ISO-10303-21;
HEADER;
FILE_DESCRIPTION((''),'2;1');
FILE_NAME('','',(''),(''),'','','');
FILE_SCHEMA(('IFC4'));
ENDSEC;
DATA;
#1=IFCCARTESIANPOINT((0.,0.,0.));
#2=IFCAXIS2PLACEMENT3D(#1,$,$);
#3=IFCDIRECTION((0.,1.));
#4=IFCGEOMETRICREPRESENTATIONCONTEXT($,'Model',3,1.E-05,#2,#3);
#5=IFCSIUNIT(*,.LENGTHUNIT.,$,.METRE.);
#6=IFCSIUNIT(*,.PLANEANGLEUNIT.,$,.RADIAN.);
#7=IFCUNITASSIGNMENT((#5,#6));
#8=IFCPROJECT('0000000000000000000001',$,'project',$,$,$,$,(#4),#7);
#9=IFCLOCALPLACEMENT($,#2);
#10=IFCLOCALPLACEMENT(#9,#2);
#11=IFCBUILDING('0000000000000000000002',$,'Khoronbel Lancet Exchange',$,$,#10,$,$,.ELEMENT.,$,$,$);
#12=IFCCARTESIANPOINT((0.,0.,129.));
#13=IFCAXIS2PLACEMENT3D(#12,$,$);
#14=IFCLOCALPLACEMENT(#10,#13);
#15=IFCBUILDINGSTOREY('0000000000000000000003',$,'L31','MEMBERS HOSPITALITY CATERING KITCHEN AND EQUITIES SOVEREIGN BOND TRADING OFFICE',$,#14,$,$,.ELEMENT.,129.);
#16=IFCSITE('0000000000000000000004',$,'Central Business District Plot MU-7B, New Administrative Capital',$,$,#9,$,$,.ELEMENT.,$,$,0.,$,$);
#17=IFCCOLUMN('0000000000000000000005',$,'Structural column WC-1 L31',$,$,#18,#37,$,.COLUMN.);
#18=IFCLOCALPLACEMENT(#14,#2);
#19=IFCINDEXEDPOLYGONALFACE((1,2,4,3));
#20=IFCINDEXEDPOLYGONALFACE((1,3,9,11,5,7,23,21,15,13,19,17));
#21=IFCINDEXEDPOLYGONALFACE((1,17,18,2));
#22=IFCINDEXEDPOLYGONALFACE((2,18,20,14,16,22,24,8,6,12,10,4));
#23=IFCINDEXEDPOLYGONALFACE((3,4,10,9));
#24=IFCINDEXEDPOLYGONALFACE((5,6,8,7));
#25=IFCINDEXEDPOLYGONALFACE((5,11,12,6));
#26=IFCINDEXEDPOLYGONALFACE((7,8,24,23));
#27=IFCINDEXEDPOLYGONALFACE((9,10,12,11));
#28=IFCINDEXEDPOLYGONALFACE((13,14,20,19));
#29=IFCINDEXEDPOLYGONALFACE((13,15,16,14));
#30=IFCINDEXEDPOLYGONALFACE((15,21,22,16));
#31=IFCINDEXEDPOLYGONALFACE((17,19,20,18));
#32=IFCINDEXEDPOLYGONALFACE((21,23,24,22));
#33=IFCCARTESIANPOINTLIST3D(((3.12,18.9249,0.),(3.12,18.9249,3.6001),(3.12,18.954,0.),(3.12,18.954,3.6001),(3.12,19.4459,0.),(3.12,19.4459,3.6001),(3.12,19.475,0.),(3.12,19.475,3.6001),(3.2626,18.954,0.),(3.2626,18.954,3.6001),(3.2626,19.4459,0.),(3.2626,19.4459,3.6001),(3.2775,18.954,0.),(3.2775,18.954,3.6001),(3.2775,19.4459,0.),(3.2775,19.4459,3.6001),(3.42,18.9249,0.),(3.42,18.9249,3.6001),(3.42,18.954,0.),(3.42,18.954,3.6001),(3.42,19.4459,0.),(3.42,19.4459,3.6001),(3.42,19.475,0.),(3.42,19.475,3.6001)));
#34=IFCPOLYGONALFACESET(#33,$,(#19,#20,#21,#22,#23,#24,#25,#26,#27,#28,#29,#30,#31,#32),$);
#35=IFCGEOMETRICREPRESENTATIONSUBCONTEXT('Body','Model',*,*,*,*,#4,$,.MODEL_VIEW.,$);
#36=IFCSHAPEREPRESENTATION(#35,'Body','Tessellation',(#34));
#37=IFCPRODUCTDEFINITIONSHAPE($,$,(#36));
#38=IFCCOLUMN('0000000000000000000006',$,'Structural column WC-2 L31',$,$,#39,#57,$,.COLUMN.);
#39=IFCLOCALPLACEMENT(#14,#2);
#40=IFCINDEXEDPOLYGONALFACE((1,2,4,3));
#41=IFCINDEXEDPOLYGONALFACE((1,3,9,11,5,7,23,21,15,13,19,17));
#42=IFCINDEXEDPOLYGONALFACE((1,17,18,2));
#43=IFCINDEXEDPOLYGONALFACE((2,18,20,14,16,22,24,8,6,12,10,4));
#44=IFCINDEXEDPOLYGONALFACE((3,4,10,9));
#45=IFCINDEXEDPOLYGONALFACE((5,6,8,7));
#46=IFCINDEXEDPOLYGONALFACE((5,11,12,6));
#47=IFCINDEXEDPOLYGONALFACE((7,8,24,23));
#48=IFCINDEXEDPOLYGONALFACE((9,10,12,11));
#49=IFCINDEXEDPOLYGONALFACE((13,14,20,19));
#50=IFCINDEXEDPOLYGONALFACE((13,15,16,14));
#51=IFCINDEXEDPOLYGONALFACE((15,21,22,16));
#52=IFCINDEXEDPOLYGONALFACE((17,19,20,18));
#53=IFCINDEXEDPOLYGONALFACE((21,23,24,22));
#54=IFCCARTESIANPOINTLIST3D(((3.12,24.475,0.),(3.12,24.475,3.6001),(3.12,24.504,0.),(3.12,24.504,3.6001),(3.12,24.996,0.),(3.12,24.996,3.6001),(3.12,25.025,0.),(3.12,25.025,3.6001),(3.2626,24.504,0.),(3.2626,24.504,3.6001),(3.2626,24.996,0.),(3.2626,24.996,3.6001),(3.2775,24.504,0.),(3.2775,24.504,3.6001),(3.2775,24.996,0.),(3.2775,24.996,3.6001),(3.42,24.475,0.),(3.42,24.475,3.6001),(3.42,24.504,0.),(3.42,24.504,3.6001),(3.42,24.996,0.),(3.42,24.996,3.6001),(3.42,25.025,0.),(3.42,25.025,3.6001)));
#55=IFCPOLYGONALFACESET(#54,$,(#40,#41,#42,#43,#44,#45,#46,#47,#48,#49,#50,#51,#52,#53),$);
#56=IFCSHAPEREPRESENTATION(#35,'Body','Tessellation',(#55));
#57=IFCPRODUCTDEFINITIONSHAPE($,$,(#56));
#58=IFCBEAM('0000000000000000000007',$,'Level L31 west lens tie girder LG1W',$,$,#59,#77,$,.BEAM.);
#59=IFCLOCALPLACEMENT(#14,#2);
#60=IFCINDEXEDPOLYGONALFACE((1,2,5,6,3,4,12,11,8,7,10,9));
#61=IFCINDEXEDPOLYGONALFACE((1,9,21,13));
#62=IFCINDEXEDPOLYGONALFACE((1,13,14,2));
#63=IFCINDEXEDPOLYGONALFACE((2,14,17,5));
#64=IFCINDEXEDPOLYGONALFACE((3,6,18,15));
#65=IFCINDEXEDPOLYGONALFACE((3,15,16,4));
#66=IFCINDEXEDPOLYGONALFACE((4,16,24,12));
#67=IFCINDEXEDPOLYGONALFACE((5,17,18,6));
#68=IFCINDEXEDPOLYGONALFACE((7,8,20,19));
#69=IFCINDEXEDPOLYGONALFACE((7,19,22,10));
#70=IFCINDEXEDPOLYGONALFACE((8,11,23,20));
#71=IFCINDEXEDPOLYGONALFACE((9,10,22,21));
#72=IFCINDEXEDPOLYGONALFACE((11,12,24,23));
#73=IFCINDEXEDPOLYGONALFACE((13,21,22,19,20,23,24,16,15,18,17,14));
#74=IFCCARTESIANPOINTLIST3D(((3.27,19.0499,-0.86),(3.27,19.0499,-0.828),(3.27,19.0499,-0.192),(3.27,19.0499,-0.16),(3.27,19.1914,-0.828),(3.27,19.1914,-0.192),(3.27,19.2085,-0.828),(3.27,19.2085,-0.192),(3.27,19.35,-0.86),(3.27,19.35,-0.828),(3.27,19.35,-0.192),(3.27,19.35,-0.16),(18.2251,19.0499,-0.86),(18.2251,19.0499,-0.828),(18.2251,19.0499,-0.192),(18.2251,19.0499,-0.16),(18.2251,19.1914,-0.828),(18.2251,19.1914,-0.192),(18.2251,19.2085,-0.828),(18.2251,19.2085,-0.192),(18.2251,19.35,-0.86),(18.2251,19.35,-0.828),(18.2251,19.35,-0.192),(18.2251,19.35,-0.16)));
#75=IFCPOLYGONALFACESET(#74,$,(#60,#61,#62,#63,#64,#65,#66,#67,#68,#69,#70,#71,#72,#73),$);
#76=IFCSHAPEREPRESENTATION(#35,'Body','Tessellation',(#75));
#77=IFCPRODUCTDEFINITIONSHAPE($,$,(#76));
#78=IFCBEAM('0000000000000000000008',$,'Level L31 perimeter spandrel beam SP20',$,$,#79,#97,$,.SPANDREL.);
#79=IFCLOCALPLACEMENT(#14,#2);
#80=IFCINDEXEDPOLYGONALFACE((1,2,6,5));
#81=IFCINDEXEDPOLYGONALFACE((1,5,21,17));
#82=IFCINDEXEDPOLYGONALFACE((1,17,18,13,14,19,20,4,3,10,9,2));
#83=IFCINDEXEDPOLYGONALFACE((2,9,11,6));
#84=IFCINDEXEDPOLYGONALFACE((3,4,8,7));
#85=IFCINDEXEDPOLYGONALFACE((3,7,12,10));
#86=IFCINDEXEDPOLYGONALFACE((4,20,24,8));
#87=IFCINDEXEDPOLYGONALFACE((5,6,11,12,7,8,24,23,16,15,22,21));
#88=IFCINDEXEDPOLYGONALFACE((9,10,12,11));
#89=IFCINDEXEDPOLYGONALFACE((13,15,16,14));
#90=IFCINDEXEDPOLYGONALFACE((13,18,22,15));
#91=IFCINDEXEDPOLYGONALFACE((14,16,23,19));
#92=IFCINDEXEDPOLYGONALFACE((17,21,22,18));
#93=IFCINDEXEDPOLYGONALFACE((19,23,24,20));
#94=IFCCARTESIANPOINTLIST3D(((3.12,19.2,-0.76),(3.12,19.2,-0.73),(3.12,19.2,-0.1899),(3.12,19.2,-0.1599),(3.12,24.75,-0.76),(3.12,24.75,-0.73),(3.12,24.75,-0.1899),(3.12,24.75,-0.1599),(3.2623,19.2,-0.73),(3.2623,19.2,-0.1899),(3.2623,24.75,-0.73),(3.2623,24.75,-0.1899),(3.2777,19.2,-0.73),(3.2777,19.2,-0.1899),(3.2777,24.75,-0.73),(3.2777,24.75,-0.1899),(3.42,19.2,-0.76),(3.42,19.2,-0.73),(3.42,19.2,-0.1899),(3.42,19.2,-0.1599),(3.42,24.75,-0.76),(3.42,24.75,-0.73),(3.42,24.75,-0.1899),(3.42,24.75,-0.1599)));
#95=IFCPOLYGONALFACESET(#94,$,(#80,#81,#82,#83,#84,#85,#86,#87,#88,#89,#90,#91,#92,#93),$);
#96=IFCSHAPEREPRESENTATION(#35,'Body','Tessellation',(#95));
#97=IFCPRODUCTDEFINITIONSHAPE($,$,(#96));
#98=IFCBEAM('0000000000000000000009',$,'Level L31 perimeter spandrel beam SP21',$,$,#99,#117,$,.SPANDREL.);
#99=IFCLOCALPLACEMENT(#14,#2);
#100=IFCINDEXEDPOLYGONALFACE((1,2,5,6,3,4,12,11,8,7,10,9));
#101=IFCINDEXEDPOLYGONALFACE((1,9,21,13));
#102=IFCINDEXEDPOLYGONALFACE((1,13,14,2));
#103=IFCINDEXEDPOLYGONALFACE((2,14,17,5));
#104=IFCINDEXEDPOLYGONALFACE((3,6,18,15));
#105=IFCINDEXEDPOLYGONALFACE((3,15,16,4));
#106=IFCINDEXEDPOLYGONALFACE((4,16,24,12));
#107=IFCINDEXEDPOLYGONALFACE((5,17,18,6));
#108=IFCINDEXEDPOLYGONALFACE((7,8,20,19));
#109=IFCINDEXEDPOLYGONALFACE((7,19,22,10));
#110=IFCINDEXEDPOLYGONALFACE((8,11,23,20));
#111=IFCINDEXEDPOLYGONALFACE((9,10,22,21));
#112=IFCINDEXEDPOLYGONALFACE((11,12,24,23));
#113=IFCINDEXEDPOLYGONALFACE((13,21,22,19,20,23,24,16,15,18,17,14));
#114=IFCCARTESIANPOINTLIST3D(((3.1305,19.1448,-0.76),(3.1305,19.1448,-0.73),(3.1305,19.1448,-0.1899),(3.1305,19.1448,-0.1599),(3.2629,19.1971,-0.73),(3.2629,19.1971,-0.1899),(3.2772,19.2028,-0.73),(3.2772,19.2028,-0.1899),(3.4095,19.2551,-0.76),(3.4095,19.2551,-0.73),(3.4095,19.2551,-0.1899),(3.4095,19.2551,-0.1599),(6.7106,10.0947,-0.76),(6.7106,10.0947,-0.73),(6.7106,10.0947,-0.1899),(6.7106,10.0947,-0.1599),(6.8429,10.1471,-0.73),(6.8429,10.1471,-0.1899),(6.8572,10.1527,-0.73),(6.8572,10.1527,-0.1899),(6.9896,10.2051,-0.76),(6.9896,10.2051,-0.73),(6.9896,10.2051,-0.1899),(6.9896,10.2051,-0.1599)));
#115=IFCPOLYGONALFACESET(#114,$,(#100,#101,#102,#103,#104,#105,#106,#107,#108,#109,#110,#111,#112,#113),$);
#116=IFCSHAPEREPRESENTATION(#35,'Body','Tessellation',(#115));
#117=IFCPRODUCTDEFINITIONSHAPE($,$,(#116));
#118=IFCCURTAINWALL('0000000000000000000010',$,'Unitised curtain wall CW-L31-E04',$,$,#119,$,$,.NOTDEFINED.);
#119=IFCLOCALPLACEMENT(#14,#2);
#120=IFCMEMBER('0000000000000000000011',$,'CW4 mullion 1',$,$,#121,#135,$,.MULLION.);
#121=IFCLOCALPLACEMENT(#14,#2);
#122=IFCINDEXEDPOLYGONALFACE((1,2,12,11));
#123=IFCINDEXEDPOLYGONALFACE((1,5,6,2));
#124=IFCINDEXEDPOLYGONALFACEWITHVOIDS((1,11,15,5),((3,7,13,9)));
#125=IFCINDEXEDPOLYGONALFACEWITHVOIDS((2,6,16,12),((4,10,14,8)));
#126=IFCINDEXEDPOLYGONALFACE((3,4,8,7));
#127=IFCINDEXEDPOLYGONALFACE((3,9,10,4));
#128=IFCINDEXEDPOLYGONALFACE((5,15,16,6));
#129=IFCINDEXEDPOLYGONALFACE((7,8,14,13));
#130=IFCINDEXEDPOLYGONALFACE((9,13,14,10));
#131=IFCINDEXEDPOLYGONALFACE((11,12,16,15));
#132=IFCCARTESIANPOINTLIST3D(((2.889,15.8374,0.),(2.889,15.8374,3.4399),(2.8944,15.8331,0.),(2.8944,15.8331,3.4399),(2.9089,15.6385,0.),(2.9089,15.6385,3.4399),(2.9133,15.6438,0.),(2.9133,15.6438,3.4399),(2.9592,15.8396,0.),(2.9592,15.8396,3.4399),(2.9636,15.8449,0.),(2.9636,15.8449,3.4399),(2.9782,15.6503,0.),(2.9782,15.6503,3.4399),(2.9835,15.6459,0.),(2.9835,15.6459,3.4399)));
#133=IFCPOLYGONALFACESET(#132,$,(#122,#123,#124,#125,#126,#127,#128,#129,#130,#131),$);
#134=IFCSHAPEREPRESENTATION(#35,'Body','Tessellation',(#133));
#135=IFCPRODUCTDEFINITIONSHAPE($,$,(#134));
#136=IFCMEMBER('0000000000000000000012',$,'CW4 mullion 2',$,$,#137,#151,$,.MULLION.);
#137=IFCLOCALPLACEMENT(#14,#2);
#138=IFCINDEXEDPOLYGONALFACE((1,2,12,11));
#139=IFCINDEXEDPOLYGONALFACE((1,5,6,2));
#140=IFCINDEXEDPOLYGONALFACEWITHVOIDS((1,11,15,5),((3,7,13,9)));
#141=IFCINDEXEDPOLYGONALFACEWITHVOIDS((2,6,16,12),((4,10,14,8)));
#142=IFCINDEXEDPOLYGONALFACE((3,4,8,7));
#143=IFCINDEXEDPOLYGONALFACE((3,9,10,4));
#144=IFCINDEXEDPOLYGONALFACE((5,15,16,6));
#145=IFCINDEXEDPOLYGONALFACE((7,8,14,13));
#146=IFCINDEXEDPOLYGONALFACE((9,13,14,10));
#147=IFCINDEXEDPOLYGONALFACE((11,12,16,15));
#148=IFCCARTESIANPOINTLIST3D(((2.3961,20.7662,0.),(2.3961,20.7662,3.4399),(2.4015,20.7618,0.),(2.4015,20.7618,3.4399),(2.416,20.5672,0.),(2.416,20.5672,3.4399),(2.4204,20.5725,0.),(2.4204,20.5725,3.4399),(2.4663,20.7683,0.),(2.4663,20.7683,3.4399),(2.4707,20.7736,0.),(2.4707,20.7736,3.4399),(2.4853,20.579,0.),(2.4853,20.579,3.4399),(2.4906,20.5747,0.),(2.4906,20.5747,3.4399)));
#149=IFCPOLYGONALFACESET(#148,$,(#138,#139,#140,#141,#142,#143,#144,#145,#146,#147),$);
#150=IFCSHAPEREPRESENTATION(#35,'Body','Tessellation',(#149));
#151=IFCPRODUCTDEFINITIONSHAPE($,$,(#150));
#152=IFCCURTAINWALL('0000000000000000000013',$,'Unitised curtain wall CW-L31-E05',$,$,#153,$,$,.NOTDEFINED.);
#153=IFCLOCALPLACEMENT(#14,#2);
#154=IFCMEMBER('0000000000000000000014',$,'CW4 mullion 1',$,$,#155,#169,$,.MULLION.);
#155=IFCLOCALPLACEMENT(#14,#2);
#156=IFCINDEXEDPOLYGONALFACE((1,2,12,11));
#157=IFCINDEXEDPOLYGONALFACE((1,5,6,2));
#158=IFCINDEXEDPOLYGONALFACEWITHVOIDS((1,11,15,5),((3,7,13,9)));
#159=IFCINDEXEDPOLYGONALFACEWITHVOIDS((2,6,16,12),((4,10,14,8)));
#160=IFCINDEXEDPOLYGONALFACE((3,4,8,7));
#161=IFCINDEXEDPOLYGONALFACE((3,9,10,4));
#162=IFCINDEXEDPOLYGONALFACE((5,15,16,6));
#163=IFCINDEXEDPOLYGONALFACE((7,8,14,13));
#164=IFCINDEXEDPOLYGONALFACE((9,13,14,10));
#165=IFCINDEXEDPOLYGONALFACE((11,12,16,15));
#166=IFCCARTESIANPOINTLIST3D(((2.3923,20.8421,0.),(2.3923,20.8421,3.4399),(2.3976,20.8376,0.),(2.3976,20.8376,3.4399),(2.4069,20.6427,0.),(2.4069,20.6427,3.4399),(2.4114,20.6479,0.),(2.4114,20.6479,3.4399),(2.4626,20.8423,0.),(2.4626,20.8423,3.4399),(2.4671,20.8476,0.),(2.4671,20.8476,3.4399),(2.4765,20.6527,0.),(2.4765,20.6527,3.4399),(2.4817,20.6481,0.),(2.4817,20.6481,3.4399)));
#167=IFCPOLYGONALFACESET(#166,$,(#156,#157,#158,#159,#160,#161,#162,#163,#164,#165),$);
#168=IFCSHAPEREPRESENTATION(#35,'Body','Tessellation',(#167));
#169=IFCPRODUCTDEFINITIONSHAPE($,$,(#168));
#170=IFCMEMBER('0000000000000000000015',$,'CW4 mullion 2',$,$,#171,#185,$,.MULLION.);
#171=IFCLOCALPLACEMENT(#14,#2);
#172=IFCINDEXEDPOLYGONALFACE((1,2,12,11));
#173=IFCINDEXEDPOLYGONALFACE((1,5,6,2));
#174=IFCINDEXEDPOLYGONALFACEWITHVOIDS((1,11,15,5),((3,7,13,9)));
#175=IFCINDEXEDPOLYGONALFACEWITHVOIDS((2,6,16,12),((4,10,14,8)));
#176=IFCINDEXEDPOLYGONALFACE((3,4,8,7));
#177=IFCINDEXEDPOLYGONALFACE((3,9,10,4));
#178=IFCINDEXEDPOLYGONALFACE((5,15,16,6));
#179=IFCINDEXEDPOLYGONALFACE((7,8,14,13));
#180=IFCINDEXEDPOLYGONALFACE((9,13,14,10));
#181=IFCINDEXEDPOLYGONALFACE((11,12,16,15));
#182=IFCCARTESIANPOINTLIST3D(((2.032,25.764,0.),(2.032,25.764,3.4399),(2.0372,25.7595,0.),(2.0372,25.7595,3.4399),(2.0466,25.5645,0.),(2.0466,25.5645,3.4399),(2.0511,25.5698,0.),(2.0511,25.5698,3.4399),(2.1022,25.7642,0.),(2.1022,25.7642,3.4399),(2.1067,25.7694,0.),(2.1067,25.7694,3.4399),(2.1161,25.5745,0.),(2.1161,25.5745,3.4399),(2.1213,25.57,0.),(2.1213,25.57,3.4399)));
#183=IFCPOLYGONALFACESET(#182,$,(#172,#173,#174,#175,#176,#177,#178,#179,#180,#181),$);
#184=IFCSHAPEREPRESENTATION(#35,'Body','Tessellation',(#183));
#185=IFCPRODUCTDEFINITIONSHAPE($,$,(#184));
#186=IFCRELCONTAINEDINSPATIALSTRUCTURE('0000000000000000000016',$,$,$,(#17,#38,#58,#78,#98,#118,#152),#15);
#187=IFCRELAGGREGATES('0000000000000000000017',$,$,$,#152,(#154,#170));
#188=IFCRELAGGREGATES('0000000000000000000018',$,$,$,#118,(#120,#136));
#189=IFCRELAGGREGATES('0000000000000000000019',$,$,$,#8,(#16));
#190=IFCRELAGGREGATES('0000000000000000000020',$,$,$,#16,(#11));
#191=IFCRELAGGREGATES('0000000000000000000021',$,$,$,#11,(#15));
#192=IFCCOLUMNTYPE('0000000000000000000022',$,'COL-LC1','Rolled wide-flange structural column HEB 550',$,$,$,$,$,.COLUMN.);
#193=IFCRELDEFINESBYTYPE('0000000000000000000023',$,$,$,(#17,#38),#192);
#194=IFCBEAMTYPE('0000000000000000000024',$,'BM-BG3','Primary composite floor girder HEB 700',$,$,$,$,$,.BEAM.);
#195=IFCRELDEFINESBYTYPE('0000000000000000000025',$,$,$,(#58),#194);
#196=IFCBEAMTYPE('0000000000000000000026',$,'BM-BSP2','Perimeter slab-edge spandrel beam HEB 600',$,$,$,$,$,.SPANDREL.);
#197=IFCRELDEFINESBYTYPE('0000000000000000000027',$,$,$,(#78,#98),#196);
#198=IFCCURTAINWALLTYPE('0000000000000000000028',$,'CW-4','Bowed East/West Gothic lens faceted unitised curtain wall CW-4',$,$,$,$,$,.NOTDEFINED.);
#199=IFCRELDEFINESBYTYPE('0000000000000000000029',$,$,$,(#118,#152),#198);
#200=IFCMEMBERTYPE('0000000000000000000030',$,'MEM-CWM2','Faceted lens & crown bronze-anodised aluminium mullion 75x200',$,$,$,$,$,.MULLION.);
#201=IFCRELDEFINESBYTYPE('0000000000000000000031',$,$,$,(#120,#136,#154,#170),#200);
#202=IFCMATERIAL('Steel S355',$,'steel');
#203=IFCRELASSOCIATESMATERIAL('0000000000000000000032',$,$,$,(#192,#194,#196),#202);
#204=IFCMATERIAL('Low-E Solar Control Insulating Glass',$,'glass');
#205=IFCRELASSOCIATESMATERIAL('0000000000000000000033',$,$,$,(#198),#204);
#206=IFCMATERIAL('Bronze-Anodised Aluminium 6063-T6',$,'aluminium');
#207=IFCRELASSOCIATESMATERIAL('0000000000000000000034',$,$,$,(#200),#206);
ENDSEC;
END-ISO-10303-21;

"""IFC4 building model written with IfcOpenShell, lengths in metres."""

from ifc_helpers import new_model, si_unit, direction, frame, origin, origin_2d, place, context, subcontext, project, spatial, hollow_rectangle, i_section, extrude, material, material_profile, profile_set, type_object, element, aggregate, save


model = new_model("IFC4")

# Units and contexts
model_context = context("Model", 3, precision=1e-05, world=origin(), true_north=direction((0.0, 1.0)))
body_context = subcontext(model_context, "Body", "Model", "MODEL_VIEW")
ifc_project = project(units=[si_unit("LENGTHUNIT", "METRE"), si_unit("PLANEANGLEUNIT", "RADIAN")], contexts=[model_context])

# Site, building, storey
site_placement = place(None, origin())
site = spatial("IfcSite", under=ifc_project, at=site_placement, Name="Central Business District Plot MU-7B, New Administrative Capital", CompositionType="ELEMENT", RefElevation=0.0)
building_placement = place(site_placement, origin())
building = spatial("IfcBuilding", under=site, at=building_placement, Name="Khoronbel Lancet Exchange", CompositionType="ELEMENT")
storey_placement = place(building_placement, frame((0.0, 0.0, 129.0)))
storey = spatial("IfcBuildingStorey", under=building, at=storey_placement, Name="L31", Description="MEMBERS HOSPITALITY CATERING KITCHEN AND EQUITIES SOVEREIGN BOND TRADING OFFICE", CompositionType="ELEMENT", Elevation=129.0)

# Columns
ifc_material_1 = material(Name="Steel S355", Category="steel")
ifc_material_profile_1 = material_profile(ifc_material_1, i_section(OverallWidth=0.3, OverallDepth=0.55, WebThickness=0.0149, FlangeThickness=0.0291, at=origin_2d()), Name="HEB 550")
ifc_profile_set_1 = profile_set([ifc_material_profile_1], Name="Steel S355")
column_type = type_object("IfcColumnType", Name="COL-LC1", Description="Rolled wide-flange structural column HEB 550", PredefinedType="COLUMN", material=ifc_profile_set_1)
for number, where, z_axis, x_axis, name in (
    (1, (3.27, 19.2, 0.0), (0.0, 0.0, 1.0), (1.0, 0.0, 0.0), "Structural column WC-1 L31"),
    (2, (3.27, 24.75, 0.0), (0.0, 0.0, 1.0), (1.0, 0.0, 0.0), "Structural column WC-2 L31"),
):
    element("IfcColumn", number, at=place(storey_placement, frame(where, z_axis=z_axis, x_axis=x_axis)), inside=storey, type_object=column_type, Name=name, PredefinedType="COLUMN", context=body_context, shape_type="SweptSolid", body=[
        extrude(i_section(OverallWidth=0.3, OverallDepth=0.55, WebThickness=0.0149, FlangeThickness=0.0291, at=origin_2d()), origin(), (0.0, 0.0, 1.0), 3.6001),
    ])

# Beams
ifc_material_profile_2 = material_profile(ifc_material_1, i_section(OverallWidth=0.3, OverallDepth=0.7, WebThickness=0.0171, FlangeThickness=0.032, at=origin_2d()), Name="HEB 700")
ifc_profile_set_2 = profile_set([ifc_material_profile_2], Name="Steel S355")
beam_type_1 = type_object("IfcBeamType", Name="BM-BG3", Description="Primary composite floor girder HEB 700", PredefinedType="BEAM", material=ifc_profile_set_2)
beam_1_placement = place(storey_placement, frame((3.27, 19.2, -0.51), z_axis=(1.0, 0.0, 0.0), x_axis=(0.0, 1.0, 0.0)))
element("IfcBeam", 3, at=beam_1_placement, inside=storey, type_object=beam_type_1, Name="Level L31 west lens tie girder LG1W", PredefinedType="BEAM", context=body_context, shape_type="SweptSolid", body=[
    extrude(i_section(OverallWidth=0.3, OverallDepth=0.7, WebThickness=0.0171, FlangeThickness=0.032, at=origin_2d()), origin(), (0.0, 0.0, 1.0), 14.9551),
])
ifc_material_profile_3 = material_profile(ifc_material_1, i_section(OverallWidth=0.3, OverallDepth=0.6001, WebThickness=0.0154, FlangeThickness=0.03, at=origin_2d()), Name="HEB 600")
ifc_profile_set_3 = profile_set([ifc_material_profile_3], Name="Steel S355")
beam_type_2 = type_object("IfcBeamType", Name="BM-BSP2", Description="Perimeter slab-edge spandrel beam HEB 600", PredefinedType="SPANDREL", material=ifc_profile_set_3)
beam_2_placement = place(storey_placement, frame((3.27, 24.75, -0.46), z_axis=(0.0, -1.0, 0.0), x_axis=(1.0, 0.0, 0.0)))
element("IfcBeam", 4, at=beam_2_placement, inside=storey, type_object=beam_type_2, Name="Level L31 perimeter spandrel beam SP20", PredefinedType="SPANDREL", context=body_context, shape_type="SweptSolid", body=[
    extrude(i_section(OverallWidth=0.3, OverallDepth=0.6001, WebThickness=0.0154, FlangeThickness=0.03, at=origin_2d()), origin(), (0.0, 0.0, 1.0), 5.55),
])
beam_3_placement = place(storey_placement, frame((3.27, 19.2, -0.46), z_axis=(0.36785, -0.929885, 0.0), x_axis=(0.929885, 0.36785, 0.0)))
element("IfcBeam", 5, at=beam_3_placement, inside=storey, type_object=beam_type_2, Name="Level L31 perimeter spandrel beam SP21", PredefinedType="SPANDREL", context=body_context, shape_type="SweptSolid", body=[
    extrude(i_section(OverallWidth=0.3, OverallDepth=0.6001, WebThickness=0.0154, FlangeThickness=0.03, at=origin_2d()), origin(), (0.0, 0.0, 1.0), 9.7324),
])

# Curtain walls, members
ifc_material_2 = material(Name="Low-E Solar Control Insulating Glass", Category="glass")
curtain_wall_type = type_object("IfcCurtainWallType", Name="CW-4", Description="Bowed East/West Gothic lens faceted unitised curtain wall CW-4", PredefinedType="NOTDEFINED", material=ifc_material_2)
curtain_wall_1_placement = place(storey_placement, origin())
curtain_wall_1 = element("IfcCurtainWall", 6, at=curtain_wall_1_placement, inside=storey, type_object=curtain_wall_type, Name="Unitised curtain wall CW-L31-E04", PredefinedType="NOTDEFINED")
ifc_material_3 = material(Name="Bronze-Anodised Aluminium 6063-T6", Category="aluminium")
ifc_material_profile_4 = material_profile(ifc_material_3, hollow_rectangle(XDim=0.075, YDim=0.2, WallThickness=0.0049, at=origin_2d()), Name="ALU MULLION 75x200")
ifc_profile_set_4 = profile_set([ifc_material_profile_4], Name="Bronze-Anodised Aluminium 6063-T6")
member_type_1 = type_object("IfcMemberType", Name="MEM-CWM2", Description="Faceted lens & crown bronze-anodised aluminium mullion 75x200", PredefinedType="MULLION", material=ifc_profile_set_4)
member_1_placement = place(storey_placement, frame((2.9363, 15.7417, 0.0), z_axis=(0.0, 0.0, 1.0), x_axis=(-0.995038, -0.099498, 0.0)))
member_1 = element("IfcMember", 7, at=member_1_placement, type_object=member_type_1, Name="CW4 mullion 1", PredefinedType="MULLION", context=body_context, shape_type="SweptSolid", body=[
    extrude(hollow_rectangle(XDim=0.075, YDim=0.2, WallThickness=0.0049, at=origin_2d()), origin(), (0.0, 0.0, 1.0), 3.4399),
])
member_2_placement = place(storey_placement, frame((2.4434, 20.6704, 0.0), z_axis=(0.0, 0.0, 1.0), x_axis=(-0.995038, -0.099498, 0.0)))
member_2 = element("IfcMember", 8, at=member_2_placement, type_object=member_type_1, Name="CW4 mullion 2", PredefinedType="MULLION", context=body_context, shape_type="SweptSolid", body=[
    extrude(hollow_rectangle(XDim=0.075, YDim=0.2, WallThickness=0.0049, at=origin_2d()), origin(), (0.0, 0.0, 1.0), 3.4399),
])
curtain_wall_2_placement = place(storey_placement, origin())
curtain_wall_2 = element("IfcCurtainWall", 9, at=curtain_wall_2_placement, inside=storey, type_object=curtain_wall_type, Name="Unitised curtain wall CW-L31-E05", PredefinedType="NOTDEFINED")
member_3_placement = place(storey_placement, frame((2.437, 20.7451, 0.0), z_axis=(0.0, 0.0, 1.0), x_axis=(-0.997331, -0.073013, 0.0)))
member_3 = element("IfcMember", 10, at=member_3_placement, type_object=member_type_1, Name="CW4 mullion 1", PredefinedType="MULLION", context=body_context, shape_type="SweptSolid", body=[
    extrude(hollow_rectangle(XDim=0.075, YDim=0.2, WallThickness=0.0049, at=origin_2d()), origin(), (0.0, 0.0, 1.0), 3.4399),
])
member_4_placement = place(storey_placement, frame((2.0767, 25.667, 0.0), z_axis=(0.0, 0.0, 1.0), x_axis=(-0.997331, -0.073013, 0.0)))
member_4 = element("IfcMember", 11, at=member_4_placement, type_object=member_type_1, Name="CW4 mullion 2", PredefinedType="MULLION", context=body_context, shape_type="SweptSolid", body=[
    extrude(hollow_rectangle(XDim=0.075, YDim=0.2, WallThickness=0.0049, at=origin_2d()), origin(), (0.0, 0.0, 1.0), 3.4399),
])

aggregate(curtain_wall_2, [member_3, member_4])
aggregate(curtain_wall_1, [member_1, member_2])

save(model, "model.ifc")
